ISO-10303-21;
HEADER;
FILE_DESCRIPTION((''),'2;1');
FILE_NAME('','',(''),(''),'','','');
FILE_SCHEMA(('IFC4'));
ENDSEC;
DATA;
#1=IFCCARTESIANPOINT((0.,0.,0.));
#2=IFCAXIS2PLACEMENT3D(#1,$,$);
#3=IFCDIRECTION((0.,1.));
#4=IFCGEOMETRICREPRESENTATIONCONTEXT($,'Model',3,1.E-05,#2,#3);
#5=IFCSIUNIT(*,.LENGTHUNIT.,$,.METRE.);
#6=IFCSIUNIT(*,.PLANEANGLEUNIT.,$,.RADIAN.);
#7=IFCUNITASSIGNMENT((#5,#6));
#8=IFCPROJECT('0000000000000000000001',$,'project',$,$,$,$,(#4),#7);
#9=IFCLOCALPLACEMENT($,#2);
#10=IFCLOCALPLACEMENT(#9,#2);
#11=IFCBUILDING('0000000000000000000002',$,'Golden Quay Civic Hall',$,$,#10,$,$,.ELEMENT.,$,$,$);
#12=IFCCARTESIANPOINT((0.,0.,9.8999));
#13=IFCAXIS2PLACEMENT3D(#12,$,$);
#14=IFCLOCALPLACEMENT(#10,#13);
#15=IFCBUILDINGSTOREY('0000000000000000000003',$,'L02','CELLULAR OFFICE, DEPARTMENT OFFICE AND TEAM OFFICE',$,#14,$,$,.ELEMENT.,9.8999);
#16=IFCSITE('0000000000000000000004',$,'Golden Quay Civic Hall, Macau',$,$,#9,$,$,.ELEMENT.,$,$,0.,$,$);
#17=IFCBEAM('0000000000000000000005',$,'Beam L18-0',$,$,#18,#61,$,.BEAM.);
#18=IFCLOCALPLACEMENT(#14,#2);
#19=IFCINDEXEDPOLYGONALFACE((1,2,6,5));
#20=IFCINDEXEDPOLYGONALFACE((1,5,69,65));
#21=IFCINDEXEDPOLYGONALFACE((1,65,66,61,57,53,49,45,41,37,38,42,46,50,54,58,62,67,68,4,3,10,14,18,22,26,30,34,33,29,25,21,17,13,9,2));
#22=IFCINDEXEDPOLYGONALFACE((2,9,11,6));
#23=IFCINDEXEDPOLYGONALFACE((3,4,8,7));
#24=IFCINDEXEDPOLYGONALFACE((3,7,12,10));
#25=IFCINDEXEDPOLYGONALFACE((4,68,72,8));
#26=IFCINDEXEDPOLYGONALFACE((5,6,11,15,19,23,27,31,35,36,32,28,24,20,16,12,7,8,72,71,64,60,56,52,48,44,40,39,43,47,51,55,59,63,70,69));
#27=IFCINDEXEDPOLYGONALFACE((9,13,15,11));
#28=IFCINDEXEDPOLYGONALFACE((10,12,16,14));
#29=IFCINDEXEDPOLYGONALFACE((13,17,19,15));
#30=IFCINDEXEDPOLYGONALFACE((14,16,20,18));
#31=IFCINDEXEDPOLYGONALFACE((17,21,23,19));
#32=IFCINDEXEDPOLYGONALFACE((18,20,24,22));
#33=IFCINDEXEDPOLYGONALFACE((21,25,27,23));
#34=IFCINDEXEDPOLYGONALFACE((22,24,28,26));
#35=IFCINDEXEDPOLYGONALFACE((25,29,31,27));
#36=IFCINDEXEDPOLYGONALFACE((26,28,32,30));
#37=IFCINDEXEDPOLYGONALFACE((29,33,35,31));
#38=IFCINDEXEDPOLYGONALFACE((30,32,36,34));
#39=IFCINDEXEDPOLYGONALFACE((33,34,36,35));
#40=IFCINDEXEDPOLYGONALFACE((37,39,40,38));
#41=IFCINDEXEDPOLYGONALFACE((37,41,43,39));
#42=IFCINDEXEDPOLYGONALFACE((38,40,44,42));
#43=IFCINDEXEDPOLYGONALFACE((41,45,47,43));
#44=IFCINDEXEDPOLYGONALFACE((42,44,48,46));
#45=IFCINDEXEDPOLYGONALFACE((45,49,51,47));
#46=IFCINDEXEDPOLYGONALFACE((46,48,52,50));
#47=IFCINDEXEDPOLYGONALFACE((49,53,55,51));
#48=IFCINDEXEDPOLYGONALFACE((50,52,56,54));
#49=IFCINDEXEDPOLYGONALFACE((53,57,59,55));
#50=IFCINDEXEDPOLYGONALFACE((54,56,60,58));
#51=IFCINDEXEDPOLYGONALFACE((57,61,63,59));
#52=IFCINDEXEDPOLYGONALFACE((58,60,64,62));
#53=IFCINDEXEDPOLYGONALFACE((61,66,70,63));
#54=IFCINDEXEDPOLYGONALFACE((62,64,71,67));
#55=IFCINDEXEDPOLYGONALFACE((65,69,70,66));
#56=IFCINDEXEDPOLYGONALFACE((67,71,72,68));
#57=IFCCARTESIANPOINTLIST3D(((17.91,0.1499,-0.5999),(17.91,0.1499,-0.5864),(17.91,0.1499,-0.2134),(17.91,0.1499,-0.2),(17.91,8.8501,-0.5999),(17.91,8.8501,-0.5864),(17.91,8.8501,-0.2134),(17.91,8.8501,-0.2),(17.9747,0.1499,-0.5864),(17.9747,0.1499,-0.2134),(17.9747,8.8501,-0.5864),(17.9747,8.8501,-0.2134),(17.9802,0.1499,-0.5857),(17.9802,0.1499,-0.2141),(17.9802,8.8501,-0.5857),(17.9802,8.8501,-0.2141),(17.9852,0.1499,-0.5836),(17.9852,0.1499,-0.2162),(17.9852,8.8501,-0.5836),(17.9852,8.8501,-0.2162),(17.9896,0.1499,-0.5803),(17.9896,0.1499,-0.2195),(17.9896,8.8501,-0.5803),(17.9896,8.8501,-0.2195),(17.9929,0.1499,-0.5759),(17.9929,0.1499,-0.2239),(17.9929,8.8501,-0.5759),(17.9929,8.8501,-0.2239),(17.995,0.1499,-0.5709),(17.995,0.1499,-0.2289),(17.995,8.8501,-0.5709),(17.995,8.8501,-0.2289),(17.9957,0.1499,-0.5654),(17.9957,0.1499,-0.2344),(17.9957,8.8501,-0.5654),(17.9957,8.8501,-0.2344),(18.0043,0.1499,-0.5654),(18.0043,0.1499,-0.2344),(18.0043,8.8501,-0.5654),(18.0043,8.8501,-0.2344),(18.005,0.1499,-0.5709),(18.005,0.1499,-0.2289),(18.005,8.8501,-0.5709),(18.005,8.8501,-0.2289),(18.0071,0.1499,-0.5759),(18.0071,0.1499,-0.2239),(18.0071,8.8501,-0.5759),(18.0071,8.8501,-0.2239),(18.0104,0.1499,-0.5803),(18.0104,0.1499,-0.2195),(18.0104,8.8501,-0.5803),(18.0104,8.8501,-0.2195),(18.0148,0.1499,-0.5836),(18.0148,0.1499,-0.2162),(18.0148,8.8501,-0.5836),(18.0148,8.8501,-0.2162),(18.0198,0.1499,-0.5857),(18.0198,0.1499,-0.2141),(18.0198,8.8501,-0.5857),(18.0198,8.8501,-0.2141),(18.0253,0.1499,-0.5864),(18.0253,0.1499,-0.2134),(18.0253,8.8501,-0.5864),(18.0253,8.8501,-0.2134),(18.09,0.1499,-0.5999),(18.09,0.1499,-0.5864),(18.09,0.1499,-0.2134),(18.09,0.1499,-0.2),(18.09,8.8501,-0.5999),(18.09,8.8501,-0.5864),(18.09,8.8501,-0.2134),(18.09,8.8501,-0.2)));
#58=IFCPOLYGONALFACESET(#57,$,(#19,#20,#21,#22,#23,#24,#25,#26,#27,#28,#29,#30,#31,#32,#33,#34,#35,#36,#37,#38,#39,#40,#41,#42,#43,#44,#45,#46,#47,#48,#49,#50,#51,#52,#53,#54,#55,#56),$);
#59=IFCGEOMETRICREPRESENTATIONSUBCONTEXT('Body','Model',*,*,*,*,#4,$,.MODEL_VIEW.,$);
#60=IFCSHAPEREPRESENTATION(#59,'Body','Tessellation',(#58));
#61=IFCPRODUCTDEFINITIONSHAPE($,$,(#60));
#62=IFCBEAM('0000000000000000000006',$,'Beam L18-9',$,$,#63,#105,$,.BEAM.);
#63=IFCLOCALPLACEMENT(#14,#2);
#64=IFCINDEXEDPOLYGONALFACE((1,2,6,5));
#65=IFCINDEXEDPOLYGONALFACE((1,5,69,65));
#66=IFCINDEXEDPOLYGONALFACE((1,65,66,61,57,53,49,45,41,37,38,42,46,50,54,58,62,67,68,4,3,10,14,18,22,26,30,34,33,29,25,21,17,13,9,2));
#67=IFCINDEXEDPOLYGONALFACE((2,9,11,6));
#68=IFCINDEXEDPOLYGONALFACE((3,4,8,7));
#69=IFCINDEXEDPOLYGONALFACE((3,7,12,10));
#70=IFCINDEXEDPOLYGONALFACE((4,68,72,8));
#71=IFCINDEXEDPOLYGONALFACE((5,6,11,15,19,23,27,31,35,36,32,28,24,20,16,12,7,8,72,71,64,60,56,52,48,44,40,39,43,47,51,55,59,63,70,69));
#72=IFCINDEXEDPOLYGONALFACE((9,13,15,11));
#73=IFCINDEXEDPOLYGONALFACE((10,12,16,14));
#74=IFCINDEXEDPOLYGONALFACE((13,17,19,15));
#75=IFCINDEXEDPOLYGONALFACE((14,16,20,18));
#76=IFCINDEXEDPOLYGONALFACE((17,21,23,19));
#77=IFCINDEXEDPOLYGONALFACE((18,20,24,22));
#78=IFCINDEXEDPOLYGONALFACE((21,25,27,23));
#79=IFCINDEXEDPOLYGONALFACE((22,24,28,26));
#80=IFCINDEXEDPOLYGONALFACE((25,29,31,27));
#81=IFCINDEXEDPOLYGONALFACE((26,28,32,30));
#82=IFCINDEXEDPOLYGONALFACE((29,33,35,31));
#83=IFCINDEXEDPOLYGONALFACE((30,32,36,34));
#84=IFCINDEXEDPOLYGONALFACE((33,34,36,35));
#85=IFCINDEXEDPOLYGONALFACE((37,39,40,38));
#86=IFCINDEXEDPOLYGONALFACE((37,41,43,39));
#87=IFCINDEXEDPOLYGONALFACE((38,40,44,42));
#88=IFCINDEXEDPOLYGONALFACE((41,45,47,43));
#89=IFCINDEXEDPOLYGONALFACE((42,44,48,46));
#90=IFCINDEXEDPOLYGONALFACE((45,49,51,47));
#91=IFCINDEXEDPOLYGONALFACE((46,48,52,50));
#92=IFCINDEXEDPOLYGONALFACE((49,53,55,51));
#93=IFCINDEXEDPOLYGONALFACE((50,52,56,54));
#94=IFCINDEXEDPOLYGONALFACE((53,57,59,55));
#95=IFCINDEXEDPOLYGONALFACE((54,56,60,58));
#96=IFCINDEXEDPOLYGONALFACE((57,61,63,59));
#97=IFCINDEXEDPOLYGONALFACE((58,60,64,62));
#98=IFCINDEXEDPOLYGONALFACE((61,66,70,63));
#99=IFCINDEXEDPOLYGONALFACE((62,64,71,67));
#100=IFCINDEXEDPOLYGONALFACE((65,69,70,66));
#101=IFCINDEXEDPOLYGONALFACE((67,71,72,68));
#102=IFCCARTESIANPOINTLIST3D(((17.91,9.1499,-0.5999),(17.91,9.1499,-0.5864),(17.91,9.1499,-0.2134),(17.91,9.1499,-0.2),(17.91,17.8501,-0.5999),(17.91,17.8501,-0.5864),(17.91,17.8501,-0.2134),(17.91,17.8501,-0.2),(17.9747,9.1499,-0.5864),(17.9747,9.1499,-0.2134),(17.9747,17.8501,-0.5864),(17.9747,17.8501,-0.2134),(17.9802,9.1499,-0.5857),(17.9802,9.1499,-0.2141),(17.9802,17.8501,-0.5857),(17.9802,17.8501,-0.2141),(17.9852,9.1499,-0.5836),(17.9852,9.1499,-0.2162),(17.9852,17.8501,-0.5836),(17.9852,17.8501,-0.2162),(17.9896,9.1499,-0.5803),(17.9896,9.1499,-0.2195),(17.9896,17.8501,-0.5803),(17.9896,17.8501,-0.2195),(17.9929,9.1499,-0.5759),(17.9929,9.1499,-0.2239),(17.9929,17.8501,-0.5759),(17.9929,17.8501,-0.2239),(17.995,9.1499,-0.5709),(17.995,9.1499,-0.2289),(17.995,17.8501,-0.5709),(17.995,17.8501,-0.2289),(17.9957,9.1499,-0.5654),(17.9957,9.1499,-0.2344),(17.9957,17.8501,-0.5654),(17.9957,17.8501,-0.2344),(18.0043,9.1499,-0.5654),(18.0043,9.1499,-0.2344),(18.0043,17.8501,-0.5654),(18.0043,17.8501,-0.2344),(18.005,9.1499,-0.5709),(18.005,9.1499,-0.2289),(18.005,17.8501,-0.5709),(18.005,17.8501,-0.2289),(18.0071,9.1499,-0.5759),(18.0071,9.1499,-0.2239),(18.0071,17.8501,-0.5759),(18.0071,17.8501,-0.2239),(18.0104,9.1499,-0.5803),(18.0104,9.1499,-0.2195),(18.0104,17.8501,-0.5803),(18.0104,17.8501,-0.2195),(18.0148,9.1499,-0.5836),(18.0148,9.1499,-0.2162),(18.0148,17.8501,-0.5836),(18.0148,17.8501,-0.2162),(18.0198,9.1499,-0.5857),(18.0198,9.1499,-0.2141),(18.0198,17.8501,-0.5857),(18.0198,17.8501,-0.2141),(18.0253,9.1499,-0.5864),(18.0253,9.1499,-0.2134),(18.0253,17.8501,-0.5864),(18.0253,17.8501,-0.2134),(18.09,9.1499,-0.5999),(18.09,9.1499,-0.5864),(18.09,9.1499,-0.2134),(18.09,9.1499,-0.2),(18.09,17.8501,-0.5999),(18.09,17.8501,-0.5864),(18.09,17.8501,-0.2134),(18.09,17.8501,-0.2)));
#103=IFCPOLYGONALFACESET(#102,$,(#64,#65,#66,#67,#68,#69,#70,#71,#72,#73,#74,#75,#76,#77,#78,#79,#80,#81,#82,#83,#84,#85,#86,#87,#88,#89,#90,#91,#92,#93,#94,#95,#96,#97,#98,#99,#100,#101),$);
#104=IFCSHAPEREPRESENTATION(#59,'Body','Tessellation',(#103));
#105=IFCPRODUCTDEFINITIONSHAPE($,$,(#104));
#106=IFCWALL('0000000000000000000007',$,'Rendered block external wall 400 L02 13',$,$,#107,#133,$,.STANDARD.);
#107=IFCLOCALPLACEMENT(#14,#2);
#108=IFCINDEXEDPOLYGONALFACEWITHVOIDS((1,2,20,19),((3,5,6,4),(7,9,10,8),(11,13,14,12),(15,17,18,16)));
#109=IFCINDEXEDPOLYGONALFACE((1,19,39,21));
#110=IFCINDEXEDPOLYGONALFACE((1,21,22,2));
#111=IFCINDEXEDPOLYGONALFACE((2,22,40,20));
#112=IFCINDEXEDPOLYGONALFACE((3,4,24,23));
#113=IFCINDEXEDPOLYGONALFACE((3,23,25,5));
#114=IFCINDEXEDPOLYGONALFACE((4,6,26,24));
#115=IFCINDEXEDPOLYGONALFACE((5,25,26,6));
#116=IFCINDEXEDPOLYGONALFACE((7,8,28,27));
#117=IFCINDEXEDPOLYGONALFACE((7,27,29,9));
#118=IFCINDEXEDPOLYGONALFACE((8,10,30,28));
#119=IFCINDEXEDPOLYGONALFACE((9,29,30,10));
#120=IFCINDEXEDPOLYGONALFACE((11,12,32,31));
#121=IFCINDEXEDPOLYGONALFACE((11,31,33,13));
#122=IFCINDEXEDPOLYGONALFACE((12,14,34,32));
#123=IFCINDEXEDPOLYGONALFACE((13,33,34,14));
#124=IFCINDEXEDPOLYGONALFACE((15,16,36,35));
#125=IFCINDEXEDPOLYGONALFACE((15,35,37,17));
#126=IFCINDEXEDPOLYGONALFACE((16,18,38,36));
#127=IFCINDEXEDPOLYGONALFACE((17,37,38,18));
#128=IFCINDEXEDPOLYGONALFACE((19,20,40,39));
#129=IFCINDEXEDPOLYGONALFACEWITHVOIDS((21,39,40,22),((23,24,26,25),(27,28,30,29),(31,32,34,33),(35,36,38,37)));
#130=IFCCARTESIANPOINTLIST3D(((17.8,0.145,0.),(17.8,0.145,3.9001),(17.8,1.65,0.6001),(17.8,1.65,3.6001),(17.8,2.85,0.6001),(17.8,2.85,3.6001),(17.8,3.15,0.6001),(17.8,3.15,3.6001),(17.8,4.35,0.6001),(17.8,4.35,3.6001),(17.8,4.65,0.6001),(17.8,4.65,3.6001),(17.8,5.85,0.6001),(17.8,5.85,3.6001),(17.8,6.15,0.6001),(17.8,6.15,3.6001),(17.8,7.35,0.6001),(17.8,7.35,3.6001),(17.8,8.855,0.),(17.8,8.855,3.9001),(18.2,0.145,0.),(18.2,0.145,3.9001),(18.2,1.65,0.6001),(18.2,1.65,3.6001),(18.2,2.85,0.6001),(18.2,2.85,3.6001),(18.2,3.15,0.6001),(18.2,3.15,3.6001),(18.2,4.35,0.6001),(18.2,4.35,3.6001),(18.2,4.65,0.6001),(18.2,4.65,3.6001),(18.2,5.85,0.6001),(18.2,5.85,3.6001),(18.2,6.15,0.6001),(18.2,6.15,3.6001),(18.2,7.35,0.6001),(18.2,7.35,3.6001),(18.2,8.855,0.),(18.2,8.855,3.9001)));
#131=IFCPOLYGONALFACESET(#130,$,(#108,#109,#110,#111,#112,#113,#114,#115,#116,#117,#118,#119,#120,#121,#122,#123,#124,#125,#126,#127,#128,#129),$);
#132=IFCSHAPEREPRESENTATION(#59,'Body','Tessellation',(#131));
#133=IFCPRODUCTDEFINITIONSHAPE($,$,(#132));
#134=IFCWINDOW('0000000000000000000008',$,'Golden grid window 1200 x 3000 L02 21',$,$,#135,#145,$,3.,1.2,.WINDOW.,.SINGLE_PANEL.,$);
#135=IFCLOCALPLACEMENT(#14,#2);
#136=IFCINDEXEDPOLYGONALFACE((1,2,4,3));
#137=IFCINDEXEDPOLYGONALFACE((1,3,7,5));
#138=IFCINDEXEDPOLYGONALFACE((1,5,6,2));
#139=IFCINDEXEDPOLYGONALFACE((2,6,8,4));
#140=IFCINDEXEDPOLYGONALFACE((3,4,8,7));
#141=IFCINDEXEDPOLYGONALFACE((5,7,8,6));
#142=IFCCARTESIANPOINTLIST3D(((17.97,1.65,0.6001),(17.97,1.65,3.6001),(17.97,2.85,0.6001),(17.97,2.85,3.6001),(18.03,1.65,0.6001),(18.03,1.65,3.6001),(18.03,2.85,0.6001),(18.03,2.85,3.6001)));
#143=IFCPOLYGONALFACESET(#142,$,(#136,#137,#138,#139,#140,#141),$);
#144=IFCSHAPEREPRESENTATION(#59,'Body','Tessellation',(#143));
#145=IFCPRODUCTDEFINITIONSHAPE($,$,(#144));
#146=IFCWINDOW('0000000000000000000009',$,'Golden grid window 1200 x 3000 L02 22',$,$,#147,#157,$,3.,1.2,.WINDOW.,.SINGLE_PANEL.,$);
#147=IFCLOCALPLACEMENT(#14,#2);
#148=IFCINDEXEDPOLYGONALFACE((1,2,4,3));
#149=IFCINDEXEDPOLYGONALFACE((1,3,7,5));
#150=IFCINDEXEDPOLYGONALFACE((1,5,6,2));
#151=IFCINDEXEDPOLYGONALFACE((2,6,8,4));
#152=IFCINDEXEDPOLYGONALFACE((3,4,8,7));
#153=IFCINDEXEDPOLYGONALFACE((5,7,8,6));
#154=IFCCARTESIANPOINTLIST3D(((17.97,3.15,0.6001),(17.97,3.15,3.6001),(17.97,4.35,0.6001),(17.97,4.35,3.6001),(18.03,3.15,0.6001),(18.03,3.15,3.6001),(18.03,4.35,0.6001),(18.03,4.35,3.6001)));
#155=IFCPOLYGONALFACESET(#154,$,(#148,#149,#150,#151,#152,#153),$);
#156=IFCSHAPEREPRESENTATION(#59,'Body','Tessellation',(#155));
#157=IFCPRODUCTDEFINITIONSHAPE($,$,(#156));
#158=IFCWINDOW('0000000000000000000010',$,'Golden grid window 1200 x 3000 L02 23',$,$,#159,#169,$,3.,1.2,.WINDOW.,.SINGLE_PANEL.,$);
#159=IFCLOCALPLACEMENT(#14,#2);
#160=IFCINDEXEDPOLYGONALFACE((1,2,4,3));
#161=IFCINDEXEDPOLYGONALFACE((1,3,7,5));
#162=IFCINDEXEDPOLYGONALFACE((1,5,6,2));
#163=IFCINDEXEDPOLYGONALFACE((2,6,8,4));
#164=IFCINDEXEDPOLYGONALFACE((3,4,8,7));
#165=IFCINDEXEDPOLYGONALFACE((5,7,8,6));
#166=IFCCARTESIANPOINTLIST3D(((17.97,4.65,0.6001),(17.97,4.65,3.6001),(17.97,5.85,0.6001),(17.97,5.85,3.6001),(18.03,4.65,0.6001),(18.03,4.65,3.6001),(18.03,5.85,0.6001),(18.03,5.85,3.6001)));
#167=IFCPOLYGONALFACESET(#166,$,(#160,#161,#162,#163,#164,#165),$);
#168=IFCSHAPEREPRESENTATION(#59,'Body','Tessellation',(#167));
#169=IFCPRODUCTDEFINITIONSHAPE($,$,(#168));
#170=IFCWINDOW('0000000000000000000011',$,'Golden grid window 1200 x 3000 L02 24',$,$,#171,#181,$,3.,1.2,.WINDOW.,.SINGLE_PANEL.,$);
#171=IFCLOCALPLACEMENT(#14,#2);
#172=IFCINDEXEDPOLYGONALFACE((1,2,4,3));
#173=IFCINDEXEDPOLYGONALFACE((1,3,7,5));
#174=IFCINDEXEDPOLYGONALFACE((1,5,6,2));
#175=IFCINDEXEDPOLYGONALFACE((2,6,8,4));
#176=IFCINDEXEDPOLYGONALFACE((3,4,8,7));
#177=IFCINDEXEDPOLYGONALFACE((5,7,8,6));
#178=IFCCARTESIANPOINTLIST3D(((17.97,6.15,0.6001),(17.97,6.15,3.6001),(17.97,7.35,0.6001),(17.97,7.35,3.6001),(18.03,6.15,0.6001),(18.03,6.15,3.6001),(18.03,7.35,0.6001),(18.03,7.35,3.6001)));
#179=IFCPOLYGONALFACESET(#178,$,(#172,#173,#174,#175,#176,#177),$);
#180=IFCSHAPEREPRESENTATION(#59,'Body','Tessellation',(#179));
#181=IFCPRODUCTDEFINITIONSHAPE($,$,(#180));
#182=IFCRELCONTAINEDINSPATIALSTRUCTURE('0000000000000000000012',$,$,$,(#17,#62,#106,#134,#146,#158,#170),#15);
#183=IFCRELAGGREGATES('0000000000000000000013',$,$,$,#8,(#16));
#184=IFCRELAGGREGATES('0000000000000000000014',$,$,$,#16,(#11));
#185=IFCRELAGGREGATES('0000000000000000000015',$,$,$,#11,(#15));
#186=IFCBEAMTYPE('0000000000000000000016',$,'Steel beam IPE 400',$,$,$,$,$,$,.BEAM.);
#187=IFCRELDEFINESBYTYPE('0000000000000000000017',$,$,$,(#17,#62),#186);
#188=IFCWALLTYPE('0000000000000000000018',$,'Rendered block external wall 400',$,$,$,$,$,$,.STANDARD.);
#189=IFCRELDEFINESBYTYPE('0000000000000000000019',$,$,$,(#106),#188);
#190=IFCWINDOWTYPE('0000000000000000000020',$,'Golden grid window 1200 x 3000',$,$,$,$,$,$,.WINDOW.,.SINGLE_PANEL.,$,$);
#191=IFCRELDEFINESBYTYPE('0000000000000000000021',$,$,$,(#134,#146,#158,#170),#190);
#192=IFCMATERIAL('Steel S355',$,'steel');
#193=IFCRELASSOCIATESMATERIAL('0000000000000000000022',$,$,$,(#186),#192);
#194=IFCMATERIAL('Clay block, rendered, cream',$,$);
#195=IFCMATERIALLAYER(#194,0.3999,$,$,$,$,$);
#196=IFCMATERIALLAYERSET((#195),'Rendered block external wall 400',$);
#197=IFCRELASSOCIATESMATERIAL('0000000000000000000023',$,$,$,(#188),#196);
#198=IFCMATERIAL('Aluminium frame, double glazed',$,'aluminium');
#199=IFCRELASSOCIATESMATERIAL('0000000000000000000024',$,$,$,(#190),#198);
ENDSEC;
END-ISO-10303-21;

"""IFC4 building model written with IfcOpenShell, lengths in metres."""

from ifc_helpers import new_model, si_unit, direction, frame, frame_2d, origin, origin_2d, place, context, subcontext, project, spatial, rectangle, i_section, extrude, material, layer, layer_set, material_profile, profile_set, type_object, element, fill, save


model = new_model("IFC4")

# Units and contexts
model_context = context("Model", 3, precision=1e-05, world=origin(), true_north=direction((0.0, 1.0)))
body_context = subcontext(model_context, "Body", "Model", "MODEL_VIEW")
ifc_project = project(units=[si_unit("LENGTHUNIT", "METRE"), si_unit("PLANEANGLEUNIT", "RADIAN")], contexts=[model_context])

# Site, building, storey
site_placement = place(None, origin())
site = spatial("IfcSite", under=ifc_project, at=site_placement, Name="Golden Quay Civic Hall, Macau", CompositionType="ELEMENT", RefElevation=0.0)
building_placement = place(site_placement, origin())
building = spatial("IfcBuilding", under=site, at=building_placement, Name="Golden Quay Civic Hall", CompositionType="ELEMENT")
storey_placement = place(building_placement, frame((0.0, 0.0, 9.8999)))
storey = spatial("IfcBuildingStorey", under=building, at=storey_placement, Name="L02", Description="CELLULAR OFFICE, DEPARTMENT OFFICE AND TEAM OFFICE", CompositionType="ELEMENT", Elevation=9.8999)

# Beams
ifc_material_1 = material(Name="Steel S355", Category="steel")
ifc_material_profile_1 = material_profile(ifc_material_1, i_section(OverallWidth=0.1799, OverallDepth=0.3999, WebThickness=0.0085, FlangeThickness=0.0134, FilletRadius=0.021, at=origin_2d()), Name="IPE 400")
ifc_profile_set_1 = profile_set([ifc_material_profile_1], Name="Steel S355")
beam_type_1 = type_object("IfcBeamType", Name="Steel beam IPE 400", PredefinedType="BEAM", material=ifc_profile_set_1)
for number, where, z_axis, x_axis, name in (
    (1, (18.0, 0.1499, -0.3999), (0.0, 1.0, 0.0), (-1.0, 0.0, 0.0), "Beam L18-0"),
    (2, (18.0, 9.1499, -0.3999), (0.0, 1.0, 0.0), (-1.0, 0.0, 0.0), "Beam L18-9"),
):
    element("IfcBeam", number, at=place(storey_placement, frame(where, z_axis=z_axis, x_axis=x_axis)), inside=storey, type_object=beam_type_1, Name=name, PredefinedType="BEAM", context=body_context, shape_type="SweptSolid", body=[
        extrude(i_section(OverallWidth=0.1799, OverallDepth=0.3999, WebThickness=0.0085, FlangeThickness=0.0134, FilletRadius=0.021, at=origin_2d()), origin(), (0.0, 0.0, 1.0), 8.7002),
    ])

# Wall, openings, windows
ifc_material_2 = material(Name="Clay block, rendered, cream")
ifc_layer_1 = layer(ifc_material_2, 0.3999)
ifc_layer_set_1 = layer_set([ifc_layer_1], Name="Rendered block external wall 400")
wall_type = type_object("IfcWallType", Name="Rendered block external wall 400", PredefinedType="STANDARD", material=ifc_layer_set_1)
wall_1_placement = place(storey_placement, frame((18.0, 8.855, 0.0), z_axis=(0.0, 0.0, 1.0), x_axis=(0.0, -1.0, 0.0)))
wall_1 = element("IfcWall", 3, at=wall_1_placement, inside=storey, type_object=wall_type, Name="Rendered block external wall 400 L02 13", PredefinedType="STANDARD", context=body_context, shape_type="SweptSolid", body=[
    extrude(rectangle(XDim=8.71, YDim=0.3999, at=frame_2d((4.355, 0.0))), origin(), (0.0, 0.0, 1.0), 3.9001),
])
opening_1_placement = place(wall_1_placement, frame((6.0049, 0.0, 0.6001)))
opening_1 = element("IfcOpeningElement", 4, at=opening_1_placement, cuts=wall_1, PredefinedType="OPENING", context=body_context, shape_type="SweptSolid", body=[
    extrude(rectangle(XDim=1.2, YDim=3.0, at=frame_2d((0.6001, 1.5))), frame((0.0, 0.21, 0.0), z_axis=(0.0, -1.0, 0.0), x_axis=(1.0, 0.0, 0.0)), (0.0, 0.0, 1.0), 0.4199),
])
opening_2_placement = place(wall_1_placement, frame((4.5049, 0.0, 0.6001)))
opening_2 = element("IfcOpeningElement", 5, at=opening_2_placement, cuts=wall_1, PredefinedType="OPENING", context=body_context, shape_type="SweptSolid", body=[
    extrude(rectangle(XDim=1.2, YDim=3.0, at=frame_2d((0.6001, 1.5))), frame((0.0, 0.21, 0.0), z_axis=(0.0, -1.0, 0.0), x_axis=(1.0, 0.0, 0.0)), (0.0, 0.0, 1.0), 0.4199),
])
opening_3_placement = place(wall_1_placement, frame((3.0049, 0.0, 0.6001)))
opening_3 = element("IfcOpeningElement", 6, at=opening_3_placement, cuts=wall_1, PredefinedType="OPENING", context=body_context, shape_type="SweptSolid", body=[
    extrude(rectangle(XDim=1.2, YDim=3.0, at=frame_2d((0.6001, 1.5))), frame((0.0, 0.21, 0.0), z_axis=(0.0, -1.0, 0.0), x_axis=(1.0, 0.0, 0.0)), (0.0, 0.0, 1.0), 0.4199),
])
opening_4_placement = place(wall_1_placement, frame((1.5049, 0.0, 0.6001)))
opening_4 = element("IfcOpeningElement", 7, at=opening_4_placement, cuts=wall_1, PredefinedType="OPENING", context=body_context, shape_type="SweptSolid", body=[
    extrude(rectangle(XDim=1.2, YDim=3.0, at=frame_2d((0.6001, 1.5))), frame((0.0, 0.21, 0.0), z_axis=(0.0, -1.0, 0.0), x_axis=(1.0, 0.0, 0.0)), (0.0, 0.0, 1.0), 0.4199),
])
ifc_material_3 = material(Name="Aluminium frame, double glazed", Category="aluminium")
window_type = type_object("IfcWindowType", Name="Golden grid window 1200 x 3000", PartitioningType="SINGLE_PANEL", PredefinedType="WINDOW", material=ifc_material_3)
window_1_placement = place(opening_1_placement, origin())
window_1 = element("IfcWindow", 8, at=window_1_placement, inside=storey, type_object=window_type, Name="Golden grid window 1200 x 3000 L02 21", OverallHeight=3.0, OverallWidth=1.2, PartitioningType="SINGLE_PANEL", PredefinedType="WINDOW", context=body_context, shape_type="SweptSolid", body=[
    extrude(rectangle(XDim=1.2, YDim=3.0, at=frame_2d((0.6001, 1.5))), frame((0.0, 0.03, 0.0), z_axis=(0.0, -1.0, 0.0), x_axis=(1.0, 0.0, 0.0)), (0.0, 0.0, 1.0), 0.0601),
])
fill(opening_1, window_1)
window_2_placement = place(opening_2_placement, origin())
window_2 = element("IfcWindow", 9, at=window_2_placement, inside=storey, type_object=window_type, Name="Golden grid window 1200 x 3000 L02 22", OverallHeight=3.0, OverallWidth=1.2, PartitioningType="SINGLE_PANEL", PredefinedType="WINDOW", context=body_context, shape_type="SweptSolid", body=[
    extrude(rectangle(XDim=1.2, YDim=3.0, at=frame_2d((0.6001, 1.5))), frame((0.0, 0.03, 0.0), z_axis=(0.0, -1.0, 0.0), x_axis=(1.0, 0.0, 0.0)), (0.0, 0.0, 1.0), 0.0601),
])
fill(opening_2, window_2)
window_3_placement = place(opening_3_placement, origin())
window_3 = element("IfcWindow", 10, at=window_3_placement, inside=storey, type_object=window_type, Name="Golden grid window 1200 x 3000 L02 23", OverallHeight=3.0, OverallWidth=1.2, PartitioningType="SINGLE_PANEL", PredefinedType="WINDOW", context=body_context, shape_type="SweptSolid", body=[
    extrude(rectangle(XDim=1.2, YDim=3.0, at=frame_2d((0.6001, 1.5))), frame((0.0, 0.03, 0.0), z_axis=(0.0, -1.0, 0.0), x_axis=(1.0, 0.0, 0.0)), (0.0, 0.0, 1.0), 0.0601),
])
fill(opening_3, window_3)
window_4_placement = place(opening_4_placement, origin())
window_4 = element("IfcWindow", 11, at=window_4_placement, inside=storey, type_object=window_type, Name="Golden grid window 1200 x 3000 L02 24", OverallHeight=3.0, OverallWidth=1.2, PartitioningType="SINGLE_PANEL", PredefinedType="WINDOW", context=body_context, shape_type="SweptSolid", body=[
    extrude(rectangle(XDim=1.2, YDim=3.0, at=frame_2d((0.6001, 1.5))), frame((0.0, 0.03, 0.0), z_axis=(0.0, -1.0, 0.0), x_axis=(1.0, 0.0, 0.0)), (0.0, 0.0, 1.0), 0.0601),
])
fill(opening_4, window_4)

save(model, "model.ifc")
